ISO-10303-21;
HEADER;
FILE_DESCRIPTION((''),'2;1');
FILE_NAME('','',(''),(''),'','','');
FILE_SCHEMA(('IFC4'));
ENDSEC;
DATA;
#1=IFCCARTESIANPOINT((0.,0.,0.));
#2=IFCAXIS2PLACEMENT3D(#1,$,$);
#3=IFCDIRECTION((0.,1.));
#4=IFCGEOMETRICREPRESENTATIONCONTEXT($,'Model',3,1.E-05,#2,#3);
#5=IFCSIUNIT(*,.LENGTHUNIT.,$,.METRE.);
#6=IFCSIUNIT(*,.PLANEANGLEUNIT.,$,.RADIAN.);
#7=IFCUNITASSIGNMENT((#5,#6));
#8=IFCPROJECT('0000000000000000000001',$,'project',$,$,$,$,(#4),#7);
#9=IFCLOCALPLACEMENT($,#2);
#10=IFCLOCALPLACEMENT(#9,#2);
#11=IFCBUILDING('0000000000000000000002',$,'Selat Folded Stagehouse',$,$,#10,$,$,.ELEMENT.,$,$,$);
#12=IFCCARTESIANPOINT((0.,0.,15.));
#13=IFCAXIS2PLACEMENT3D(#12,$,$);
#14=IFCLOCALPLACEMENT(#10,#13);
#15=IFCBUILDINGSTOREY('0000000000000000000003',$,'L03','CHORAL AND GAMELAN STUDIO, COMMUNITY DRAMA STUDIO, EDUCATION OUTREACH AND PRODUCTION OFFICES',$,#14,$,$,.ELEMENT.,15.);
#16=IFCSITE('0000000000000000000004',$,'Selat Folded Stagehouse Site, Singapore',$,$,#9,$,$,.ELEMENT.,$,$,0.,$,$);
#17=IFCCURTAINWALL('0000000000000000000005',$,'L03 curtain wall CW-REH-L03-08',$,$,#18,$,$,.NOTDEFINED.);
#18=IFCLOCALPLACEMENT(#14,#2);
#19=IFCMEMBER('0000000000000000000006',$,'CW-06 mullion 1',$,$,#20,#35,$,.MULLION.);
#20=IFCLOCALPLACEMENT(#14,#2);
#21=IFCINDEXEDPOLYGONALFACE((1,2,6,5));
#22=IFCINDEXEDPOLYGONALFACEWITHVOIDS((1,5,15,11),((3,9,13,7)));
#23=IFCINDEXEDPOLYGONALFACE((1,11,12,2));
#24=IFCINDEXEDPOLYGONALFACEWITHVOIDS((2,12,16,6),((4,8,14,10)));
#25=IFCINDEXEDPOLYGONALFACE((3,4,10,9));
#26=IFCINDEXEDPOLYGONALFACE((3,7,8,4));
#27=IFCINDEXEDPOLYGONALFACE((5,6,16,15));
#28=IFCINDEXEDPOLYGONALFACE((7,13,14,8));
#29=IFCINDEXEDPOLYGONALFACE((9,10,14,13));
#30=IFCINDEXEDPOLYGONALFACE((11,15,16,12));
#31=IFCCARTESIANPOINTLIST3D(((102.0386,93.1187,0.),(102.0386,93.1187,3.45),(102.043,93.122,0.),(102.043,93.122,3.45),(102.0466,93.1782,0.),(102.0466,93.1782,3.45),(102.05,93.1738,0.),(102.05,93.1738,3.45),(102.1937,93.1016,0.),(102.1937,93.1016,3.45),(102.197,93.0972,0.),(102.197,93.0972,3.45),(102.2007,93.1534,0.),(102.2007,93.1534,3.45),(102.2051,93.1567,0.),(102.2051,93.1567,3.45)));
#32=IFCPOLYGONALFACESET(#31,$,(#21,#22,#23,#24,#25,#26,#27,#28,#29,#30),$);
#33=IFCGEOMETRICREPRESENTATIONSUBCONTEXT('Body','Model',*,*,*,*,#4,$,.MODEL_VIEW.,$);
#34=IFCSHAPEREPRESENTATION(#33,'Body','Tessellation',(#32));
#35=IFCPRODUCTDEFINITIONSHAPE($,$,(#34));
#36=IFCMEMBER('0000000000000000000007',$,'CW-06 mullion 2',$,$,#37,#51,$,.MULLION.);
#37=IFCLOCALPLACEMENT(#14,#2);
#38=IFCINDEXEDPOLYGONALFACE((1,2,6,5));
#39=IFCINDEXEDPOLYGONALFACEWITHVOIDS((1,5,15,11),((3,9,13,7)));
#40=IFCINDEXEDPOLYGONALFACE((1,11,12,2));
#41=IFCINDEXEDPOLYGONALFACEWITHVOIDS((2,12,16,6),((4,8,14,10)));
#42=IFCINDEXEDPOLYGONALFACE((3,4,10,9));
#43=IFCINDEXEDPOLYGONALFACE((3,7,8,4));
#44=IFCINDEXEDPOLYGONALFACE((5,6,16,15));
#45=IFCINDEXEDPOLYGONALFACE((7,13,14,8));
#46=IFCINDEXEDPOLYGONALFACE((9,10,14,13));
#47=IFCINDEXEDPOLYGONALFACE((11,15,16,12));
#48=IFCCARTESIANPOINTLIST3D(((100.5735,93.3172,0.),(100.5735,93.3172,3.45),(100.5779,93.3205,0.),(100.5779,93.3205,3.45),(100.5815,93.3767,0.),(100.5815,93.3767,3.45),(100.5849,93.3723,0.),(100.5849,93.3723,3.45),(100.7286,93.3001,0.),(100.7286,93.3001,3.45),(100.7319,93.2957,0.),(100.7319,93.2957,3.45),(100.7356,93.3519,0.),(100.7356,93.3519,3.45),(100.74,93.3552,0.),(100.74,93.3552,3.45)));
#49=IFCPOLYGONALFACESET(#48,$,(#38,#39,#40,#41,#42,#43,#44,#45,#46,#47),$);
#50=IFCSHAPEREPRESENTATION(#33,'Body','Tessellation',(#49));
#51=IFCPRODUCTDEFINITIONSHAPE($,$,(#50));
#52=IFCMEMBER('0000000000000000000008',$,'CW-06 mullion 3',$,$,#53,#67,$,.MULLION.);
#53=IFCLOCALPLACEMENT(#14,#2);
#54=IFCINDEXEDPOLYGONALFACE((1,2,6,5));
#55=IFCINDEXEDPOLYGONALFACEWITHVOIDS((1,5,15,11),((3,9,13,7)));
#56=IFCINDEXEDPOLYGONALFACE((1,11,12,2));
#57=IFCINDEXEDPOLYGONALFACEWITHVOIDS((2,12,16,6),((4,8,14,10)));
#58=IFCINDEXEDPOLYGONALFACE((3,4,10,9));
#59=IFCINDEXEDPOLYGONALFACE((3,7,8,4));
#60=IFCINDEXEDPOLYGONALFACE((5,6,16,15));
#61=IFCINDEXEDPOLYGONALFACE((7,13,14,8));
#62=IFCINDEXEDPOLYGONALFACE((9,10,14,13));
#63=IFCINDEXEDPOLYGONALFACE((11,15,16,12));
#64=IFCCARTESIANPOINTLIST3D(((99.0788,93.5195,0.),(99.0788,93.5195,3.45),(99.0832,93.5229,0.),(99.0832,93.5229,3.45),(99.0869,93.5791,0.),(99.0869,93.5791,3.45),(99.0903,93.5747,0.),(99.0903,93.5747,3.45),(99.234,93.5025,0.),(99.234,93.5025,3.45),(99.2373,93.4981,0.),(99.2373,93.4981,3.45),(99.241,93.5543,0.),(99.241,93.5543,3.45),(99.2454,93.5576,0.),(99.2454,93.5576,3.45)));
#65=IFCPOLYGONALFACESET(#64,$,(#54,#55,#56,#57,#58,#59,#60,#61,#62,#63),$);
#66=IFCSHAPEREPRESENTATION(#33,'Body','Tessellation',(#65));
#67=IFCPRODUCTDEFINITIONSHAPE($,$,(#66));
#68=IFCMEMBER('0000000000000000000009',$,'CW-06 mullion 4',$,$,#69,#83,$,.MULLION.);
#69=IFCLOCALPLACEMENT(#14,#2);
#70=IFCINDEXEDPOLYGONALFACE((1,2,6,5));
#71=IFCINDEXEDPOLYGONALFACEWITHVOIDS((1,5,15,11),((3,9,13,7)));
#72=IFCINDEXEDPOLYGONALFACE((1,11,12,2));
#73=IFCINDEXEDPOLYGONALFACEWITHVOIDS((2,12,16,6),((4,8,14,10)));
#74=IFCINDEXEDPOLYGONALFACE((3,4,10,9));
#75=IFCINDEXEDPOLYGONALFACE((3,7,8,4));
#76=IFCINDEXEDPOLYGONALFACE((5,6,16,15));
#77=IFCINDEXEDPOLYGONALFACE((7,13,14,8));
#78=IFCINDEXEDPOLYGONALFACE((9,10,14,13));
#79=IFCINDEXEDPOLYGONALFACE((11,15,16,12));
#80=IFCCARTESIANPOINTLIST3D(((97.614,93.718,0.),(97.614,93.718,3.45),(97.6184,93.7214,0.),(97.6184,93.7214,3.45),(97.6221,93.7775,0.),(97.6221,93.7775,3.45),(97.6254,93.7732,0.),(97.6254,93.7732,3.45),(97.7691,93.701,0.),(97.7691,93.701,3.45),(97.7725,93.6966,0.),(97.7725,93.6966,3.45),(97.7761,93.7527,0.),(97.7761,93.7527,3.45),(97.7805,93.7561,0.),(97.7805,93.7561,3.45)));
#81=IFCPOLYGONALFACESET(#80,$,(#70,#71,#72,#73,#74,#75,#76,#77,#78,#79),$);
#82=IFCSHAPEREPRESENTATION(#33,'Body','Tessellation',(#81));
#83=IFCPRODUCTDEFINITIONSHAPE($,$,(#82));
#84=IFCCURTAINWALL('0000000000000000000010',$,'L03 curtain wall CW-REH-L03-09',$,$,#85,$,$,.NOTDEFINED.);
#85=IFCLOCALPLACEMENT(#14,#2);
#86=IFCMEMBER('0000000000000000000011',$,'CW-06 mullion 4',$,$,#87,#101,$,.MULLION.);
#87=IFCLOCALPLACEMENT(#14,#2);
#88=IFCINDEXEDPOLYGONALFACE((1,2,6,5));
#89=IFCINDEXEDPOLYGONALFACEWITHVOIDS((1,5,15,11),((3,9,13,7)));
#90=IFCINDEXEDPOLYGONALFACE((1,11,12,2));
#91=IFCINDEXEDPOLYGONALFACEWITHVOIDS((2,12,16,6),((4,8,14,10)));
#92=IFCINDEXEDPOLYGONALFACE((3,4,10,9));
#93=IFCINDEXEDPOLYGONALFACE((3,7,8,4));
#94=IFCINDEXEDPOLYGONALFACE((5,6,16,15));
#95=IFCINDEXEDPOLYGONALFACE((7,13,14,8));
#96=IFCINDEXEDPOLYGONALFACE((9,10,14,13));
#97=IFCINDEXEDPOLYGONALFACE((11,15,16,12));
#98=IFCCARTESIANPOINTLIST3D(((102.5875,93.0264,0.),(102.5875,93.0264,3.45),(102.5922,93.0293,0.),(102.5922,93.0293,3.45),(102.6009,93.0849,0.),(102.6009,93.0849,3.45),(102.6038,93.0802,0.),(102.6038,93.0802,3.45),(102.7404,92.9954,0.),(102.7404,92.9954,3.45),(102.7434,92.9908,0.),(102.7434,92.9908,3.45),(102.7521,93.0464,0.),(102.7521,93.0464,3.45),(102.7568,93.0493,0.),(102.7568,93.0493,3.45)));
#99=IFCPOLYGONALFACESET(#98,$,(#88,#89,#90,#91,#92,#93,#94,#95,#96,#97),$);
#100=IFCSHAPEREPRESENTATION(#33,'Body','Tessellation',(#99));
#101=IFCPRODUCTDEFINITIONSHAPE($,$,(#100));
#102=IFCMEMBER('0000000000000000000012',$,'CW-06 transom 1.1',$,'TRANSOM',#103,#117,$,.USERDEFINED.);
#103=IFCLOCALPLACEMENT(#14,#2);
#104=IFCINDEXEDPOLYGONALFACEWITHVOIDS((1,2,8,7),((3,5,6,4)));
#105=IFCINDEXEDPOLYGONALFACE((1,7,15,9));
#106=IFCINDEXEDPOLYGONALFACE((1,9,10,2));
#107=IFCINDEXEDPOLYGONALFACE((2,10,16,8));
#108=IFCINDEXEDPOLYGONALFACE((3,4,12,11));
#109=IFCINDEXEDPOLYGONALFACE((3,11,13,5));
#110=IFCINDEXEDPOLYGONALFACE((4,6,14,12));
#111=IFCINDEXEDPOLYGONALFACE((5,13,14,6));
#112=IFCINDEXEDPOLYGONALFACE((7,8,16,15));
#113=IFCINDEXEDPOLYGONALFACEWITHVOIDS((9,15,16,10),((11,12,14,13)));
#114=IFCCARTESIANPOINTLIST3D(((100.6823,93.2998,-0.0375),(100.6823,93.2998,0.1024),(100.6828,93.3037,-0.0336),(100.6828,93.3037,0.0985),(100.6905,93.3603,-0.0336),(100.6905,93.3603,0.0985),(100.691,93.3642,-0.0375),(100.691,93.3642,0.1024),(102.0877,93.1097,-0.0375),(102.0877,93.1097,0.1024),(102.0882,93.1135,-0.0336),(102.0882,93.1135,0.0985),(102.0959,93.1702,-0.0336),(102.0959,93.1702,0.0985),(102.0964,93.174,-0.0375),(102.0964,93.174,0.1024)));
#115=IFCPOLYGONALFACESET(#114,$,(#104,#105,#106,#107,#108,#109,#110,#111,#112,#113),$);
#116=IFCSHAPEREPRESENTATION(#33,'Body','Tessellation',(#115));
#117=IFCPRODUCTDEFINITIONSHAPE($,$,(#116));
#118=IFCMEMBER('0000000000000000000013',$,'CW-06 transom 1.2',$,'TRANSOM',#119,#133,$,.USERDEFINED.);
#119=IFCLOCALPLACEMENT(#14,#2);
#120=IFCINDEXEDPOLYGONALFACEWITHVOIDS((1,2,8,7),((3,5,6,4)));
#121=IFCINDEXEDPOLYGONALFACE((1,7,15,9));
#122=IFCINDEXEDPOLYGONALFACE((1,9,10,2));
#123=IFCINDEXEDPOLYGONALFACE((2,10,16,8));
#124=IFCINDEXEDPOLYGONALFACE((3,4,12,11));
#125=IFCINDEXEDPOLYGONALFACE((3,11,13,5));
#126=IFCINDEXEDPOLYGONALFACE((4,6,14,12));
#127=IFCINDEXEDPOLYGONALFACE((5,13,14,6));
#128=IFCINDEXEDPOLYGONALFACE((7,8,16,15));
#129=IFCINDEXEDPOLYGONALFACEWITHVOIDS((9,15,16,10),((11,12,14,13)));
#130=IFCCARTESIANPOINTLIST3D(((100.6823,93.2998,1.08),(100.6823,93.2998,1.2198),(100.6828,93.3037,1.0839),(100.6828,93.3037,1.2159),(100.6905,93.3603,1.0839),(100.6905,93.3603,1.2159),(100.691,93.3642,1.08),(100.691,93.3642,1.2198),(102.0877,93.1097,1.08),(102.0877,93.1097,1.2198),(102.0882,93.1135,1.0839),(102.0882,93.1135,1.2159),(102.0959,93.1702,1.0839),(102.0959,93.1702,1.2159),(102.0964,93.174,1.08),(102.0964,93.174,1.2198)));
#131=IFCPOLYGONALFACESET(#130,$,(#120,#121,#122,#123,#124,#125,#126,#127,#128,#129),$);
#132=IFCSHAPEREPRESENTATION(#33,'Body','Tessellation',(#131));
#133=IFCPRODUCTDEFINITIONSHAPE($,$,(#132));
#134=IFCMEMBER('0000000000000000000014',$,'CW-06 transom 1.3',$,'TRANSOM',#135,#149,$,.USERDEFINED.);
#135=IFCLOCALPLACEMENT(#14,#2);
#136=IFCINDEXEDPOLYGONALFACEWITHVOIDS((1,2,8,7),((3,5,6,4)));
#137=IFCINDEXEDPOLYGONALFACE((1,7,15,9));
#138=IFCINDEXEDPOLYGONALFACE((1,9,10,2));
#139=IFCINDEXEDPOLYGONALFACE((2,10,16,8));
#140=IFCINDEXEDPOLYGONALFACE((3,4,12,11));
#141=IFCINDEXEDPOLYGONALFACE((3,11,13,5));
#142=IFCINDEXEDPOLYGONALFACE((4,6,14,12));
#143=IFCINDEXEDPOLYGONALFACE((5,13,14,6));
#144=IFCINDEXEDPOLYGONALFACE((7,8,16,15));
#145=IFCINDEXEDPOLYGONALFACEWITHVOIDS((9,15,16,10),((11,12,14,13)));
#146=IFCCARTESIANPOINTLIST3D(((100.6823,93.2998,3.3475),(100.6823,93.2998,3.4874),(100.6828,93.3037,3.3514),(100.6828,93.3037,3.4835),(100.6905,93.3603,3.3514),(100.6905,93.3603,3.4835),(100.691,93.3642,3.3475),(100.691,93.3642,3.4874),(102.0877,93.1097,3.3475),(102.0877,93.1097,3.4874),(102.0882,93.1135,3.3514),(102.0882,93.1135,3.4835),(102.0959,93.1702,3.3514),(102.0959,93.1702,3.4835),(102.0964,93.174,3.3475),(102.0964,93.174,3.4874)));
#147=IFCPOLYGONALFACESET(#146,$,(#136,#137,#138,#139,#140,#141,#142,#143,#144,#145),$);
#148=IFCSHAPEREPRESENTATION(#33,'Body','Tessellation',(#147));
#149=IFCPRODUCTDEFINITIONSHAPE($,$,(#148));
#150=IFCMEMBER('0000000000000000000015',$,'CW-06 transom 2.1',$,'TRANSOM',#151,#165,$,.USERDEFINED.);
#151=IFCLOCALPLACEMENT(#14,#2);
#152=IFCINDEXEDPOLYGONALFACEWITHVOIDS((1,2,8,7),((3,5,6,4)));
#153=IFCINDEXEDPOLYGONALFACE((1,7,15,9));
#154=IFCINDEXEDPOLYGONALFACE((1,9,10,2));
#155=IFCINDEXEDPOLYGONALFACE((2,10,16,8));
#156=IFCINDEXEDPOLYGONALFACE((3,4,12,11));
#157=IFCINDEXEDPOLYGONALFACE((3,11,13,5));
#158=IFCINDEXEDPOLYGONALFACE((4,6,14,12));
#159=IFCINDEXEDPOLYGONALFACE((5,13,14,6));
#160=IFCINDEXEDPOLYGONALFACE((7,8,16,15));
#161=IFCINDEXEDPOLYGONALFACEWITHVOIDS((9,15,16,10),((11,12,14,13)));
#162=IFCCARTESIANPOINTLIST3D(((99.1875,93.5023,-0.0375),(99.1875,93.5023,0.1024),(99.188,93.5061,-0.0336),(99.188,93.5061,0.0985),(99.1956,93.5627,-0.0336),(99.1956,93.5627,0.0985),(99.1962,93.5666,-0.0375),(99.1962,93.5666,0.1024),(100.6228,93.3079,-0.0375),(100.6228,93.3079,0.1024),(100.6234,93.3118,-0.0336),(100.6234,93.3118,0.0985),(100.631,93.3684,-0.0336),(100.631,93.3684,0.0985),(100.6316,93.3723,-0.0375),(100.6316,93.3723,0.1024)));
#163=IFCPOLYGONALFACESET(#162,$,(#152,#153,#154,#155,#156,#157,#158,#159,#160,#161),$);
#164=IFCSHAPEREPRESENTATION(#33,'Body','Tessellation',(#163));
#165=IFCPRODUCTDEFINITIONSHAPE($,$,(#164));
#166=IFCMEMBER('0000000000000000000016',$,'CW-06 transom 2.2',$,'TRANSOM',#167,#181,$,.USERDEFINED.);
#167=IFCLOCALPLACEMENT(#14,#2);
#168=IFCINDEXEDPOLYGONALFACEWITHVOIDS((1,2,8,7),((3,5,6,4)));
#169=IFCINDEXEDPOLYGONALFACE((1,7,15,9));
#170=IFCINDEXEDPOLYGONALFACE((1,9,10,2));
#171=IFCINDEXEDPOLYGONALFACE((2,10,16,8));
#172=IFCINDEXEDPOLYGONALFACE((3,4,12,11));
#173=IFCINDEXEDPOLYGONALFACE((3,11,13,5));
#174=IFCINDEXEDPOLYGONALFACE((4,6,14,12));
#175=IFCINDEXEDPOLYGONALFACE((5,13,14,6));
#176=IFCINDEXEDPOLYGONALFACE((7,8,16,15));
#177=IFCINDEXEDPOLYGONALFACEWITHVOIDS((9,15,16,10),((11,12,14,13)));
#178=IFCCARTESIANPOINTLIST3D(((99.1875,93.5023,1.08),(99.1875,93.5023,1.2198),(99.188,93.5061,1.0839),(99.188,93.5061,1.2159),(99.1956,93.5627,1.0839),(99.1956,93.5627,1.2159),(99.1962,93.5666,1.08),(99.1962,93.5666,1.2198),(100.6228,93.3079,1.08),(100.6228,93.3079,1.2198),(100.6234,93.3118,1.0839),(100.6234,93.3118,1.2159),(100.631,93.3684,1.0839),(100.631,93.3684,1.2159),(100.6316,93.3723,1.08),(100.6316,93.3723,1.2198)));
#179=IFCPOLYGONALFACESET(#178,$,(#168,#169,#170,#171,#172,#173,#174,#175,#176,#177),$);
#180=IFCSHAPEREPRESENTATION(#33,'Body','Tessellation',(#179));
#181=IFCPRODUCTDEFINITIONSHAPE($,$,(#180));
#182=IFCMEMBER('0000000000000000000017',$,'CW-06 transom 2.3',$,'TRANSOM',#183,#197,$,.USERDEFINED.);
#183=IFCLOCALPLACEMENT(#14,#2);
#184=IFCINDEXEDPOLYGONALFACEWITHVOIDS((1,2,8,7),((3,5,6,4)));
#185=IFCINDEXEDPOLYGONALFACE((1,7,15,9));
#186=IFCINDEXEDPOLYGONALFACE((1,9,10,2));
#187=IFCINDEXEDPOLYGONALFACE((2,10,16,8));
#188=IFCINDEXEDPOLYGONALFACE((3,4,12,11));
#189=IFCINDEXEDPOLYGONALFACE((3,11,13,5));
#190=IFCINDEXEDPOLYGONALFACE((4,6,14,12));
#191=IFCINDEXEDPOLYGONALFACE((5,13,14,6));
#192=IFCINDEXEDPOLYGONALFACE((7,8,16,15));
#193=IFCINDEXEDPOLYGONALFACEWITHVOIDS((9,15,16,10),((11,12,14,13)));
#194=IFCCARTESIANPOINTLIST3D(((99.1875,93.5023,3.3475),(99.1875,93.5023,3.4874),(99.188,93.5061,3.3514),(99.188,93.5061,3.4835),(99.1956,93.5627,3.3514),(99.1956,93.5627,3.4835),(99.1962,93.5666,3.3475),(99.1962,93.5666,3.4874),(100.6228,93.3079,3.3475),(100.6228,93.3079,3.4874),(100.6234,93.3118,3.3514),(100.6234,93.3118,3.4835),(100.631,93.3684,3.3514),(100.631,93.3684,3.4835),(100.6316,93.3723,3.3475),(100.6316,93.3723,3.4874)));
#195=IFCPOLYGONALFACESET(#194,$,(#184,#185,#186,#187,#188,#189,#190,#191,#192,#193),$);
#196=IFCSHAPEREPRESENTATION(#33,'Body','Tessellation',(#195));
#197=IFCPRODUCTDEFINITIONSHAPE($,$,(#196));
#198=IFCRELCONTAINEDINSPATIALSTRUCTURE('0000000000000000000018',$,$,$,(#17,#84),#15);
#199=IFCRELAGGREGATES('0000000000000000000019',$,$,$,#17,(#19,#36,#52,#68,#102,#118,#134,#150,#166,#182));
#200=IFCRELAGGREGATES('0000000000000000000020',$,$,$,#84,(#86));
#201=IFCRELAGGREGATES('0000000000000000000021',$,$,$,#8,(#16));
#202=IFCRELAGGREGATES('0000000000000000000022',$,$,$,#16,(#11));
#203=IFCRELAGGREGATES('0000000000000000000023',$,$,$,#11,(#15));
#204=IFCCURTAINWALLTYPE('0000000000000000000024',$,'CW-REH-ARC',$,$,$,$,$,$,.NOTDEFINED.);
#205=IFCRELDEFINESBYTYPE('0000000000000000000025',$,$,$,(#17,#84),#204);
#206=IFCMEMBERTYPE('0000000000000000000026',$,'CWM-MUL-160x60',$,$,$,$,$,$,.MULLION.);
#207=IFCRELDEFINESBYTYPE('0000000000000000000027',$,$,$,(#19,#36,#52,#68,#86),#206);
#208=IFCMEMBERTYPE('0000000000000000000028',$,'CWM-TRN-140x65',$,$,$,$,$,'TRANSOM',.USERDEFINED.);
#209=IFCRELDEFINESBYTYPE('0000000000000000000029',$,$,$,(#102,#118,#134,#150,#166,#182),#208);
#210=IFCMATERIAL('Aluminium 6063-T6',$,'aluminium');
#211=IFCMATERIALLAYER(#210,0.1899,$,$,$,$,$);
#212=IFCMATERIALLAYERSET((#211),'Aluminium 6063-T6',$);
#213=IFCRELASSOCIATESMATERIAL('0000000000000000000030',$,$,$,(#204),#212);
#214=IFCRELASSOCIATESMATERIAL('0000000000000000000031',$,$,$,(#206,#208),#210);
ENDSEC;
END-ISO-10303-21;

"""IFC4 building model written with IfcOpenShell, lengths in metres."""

from ifc_helpers import new_model, si_unit, direction, frame, origin, origin_2d, place, context, subcontext, project, spatial, hollow_rectangle, extrude, material, layer, layer_set, material_profile, profile_set, type_object, element, aggregate, save


model = new_model("IFC4")

# Units and contexts
model_context = context("Model", 3, precision=1e-05, world=origin(), true_north=direction((0.0, 1.0)))
body_context = subcontext(model_context, "Body", "Model", "MODEL_VIEW")
ifc_project = project(units=[si_unit("LENGTHUNIT", "METRE"), si_unit("PLANEANGLEUNIT", "RADIAN")], contexts=[model_context])

# Site, building, storey
site_placement = place(None, origin())
site = spatial("IfcSite", under=ifc_project, at=site_placement, Name="Selat Folded Stagehouse Site, Singapore", CompositionType="ELEMENT", RefElevation=0.0)
building_placement = place(site_placement, origin())
building = spatial("IfcBuilding", under=site, at=building_placement, Name="Selat Folded Stagehouse", CompositionType="ELEMENT")
storey_placement = place(building_placement, frame((0.0, 0.0, 15.0)))
storey = spatial("IfcBuildingStorey", under=building, at=storey_placement, Name="L03", Description="CHORAL AND GAMELAN STUDIO, COMMUNITY DRAMA STUDIO, EDUCATION OUTREACH AND PRODUCTION OFFICES", CompositionType="ELEMENT", Elevation=15.0)

# Curtain wall, members
ifc_material_1 = material(Name="Aluminium 6063-T6", Category="aluminium")
ifc_layer_1 = layer(ifc_material_1, 0.1899)
ifc_layer_set_1 = layer_set([ifc_layer_1], Name="Aluminium 6063-T6")
curtain_wall_type = type_object("IfcCurtainWallType", Name="CW-REH-ARC", PredefinedType="NOTDEFINED", material=ifc_layer_set_1)
curtain_wall_1_placement = place(storey_placement, origin())
curtain_wall_1 = element("IfcCurtainWall", 1, at=curtain_wall_1_placement, inside=storey, type_object=curtain_wall_type, Name="L03 curtain wall CW-REH-L03-08", PredefinedType="NOTDEFINED")
ifc_material_profile_1 = material_profile(ifc_material_1, hollow_rectangle(XDim=0.0601, YDim=0.1599, WallThickness=0.0039, at=origin_2d()), Name="ALU 160x60x4.0")
ifc_profile_set_1 = profile_set([ifc_material_profile_1], Name="Aluminium 6063-T6")
member_type_1 = type_object("IfcMemberType", Name="CWM-MUL-160x60", PredefinedType="MULLION", material=ifc_profile_set_1)
member_1_placement = place(storey_placement, frame((102.1218, 93.1377, 0.0), z_axis=(0.0, 0.0, 1.0), x_axis=(-0.134212, -0.990953, 0.0)))
member_1 = element("IfcMember", 2, at=member_1_placement, type_object=member_type_1, Name="CW-06 mullion 1", PredefinedType="MULLION", context=body_context, shape_type="SweptSolid", body=[
    extrude(hollow_rectangle(XDim=0.0601, YDim=0.1599, WallThickness=0.0039, at=origin_2d()), origin(), (0.0, 0.0, 1.0), 3.45),
])
member_2_placement = place(storey_placement, frame((100.6567, 93.3362, 0.0), z_axis=(0.0, 0.0, 1.0), x_axis=(-0.134212, -0.990953, 0.0)))
member_2 = element("IfcMember", 3, at=member_2_placement, type_object=member_type_1, Name="CW-06 mullion 2", PredefinedType="MULLION", context=body_context, shape_type="SweptSolid", body=[
    extrude(hollow_rectangle(XDim=0.0601, YDim=0.1599, WallThickness=0.0039, at=origin_2d()), origin(), (0.0, 0.0, 1.0), 3.45),
])
member_3_placement = place(storey_placement, frame((99.1621, 93.5386, 0.0), z_axis=(0.0, 0.0, 1.0), x_axis=(-0.134212, -0.990953, 0.0)))
member_3 = element("IfcMember", 4, at=member_3_placement, type_object=member_type_1, Name="CW-06 mullion 3", PredefinedType="MULLION", context=body_context, shape_type="SweptSolid", body=[
    extrude(hollow_rectangle(XDim=0.0601, YDim=0.1599, WallThickness=0.0039, at=origin_2d()), origin(), (0.0, 0.0, 1.0), 3.45),
])
member_4_placement = place(storey_placement, frame((97.6973, 93.7371, 0.0), z_axis=(0.0, 0.0, 1.0), x_axis=(-0.134212, -0.990953, 0.0)))
member_4 = element("IfcMember", 5, at=member_4_placement, type_object=member_type_1, Name="CW-06 mullion 4", PredefinedType="MULLION", context=body_context, shape_type="SweptSolid", body=[
    extrude(hollow_rectangle(XDim=0.0601, YDim=0.1599, WallThickness=0.0039, at=origin_2d()), origin(), (0.0, 0.0, 1.0), 3.45),
])

# Curtain wall, member
curtain_wall_2_placement = place(storey_placement, origin())
curtain_wall_2 = element("IfcCurtainWall", 6, at=curtain_wall_2_placement, inside=storey, type_object=curtain_wall_type, Name="L03 curtain wall CW-REH-L03-09", PredefinedType="NOTDEFINED")
member_5_placement = place(storey_placement, frame((102.6721, 93.0378, 0.0), z_axis=(0.0, 0.0, 1.0), x_axis=(-0.222543, -0.974923, 0.0)))
member_5 = element("IfcMember", 7, at=member_5_placement, type_object=member_type_1, Name="CW-06 mullion 4", PredefinedType="MULLION", context=body_context, shape_type="SweptSolid", body=[
    extrude(hollow_rectangle(XDim=0.0601, YDim=0.1599, WallThickness=0.0039, at=origin_2d()), origin(), (0.0, 0.0, 1.0), 3.45),
])

# Members
ifc_material_profile_2 = material_profile(ifc_material_1, hollow_rectangle(XDim=0.0649, YDim=0.1399, WallThickness=0.0039, at=origin_2d()), Name="ALU 140x65x4.0")
ifc_profile_set_2 = profile_set([ifc_material_profile_2], Name="Aluminium 6063-T6")
member_type_2 = type_object("IfcMemberType", Name="CWM-TRN-140x65", ElementType="TRANSOM", PredefinedType="USERDEFINED", material=ifc_profile_set_2)
member_6_placement = place(storey_placement, frame((102.092, 93.1418, 0.0325), z_axis=(-0.990969, 0.134092, 0.0), x_axis=(-0.134092, -0.990969, 0.0)))
member_6 = element("IfcMember", 8, at=member_6_placement, type_object=member_type_2, Name="CW-06 transom 1.1", ObjectType="TRANSOM", PredefinedType="USERDEFINED", context=body_context, shape_type="SweptSolid", body=[
    extrude(hollow_rectangle(XDim=0.0649, YDim=0.1399, WallThickness=0.0039, at=origin_2d()), origin(), (0.0, 0.0, 1.0), 1.4182),
])
member_7_placement = place(storey_placement, frame((102.092, 93.1418, 1.1499), z_axis=(-0.990969, 0.134092, 0.0), x_axis=(-0.134092, -0.990969, 0.0)))
member_7 = element("IfcMember", 9, at=member_7_placement, type_object=member_type_2, Name="CW-06 transom 1.2", ObjectType="TRANSOM", PredefinedType="USERDEFINED", context=body_context, shape_type="SweptSolid", body=[
    extrude(hollow_rectangle(XDim=0.0649, YDim=0.1399, WallThickness=0.0039, at=origin_2d()), origin(), (0.0, 0.0, 1.0), 1.4182),
])
member_8_placement = place(storey_placement, frame((102.092, 93.1418, 3.4175), z_axis=(-0.990969, 0.134092, 0.0), x_axis=(-0.134092, -0.990969, 0.0)))
member_8 = element("IfcMember", 10, at=member_8_placement, type_object=member_type_2, Name="CW-06 transom 1.3", ObjectType="TRANSOM", PredefinedType="USERDEFINED", context=body_context, shape_type="SweptSolid", body=[
    extrude(hollow_rectangle(XDim=0.0649, YDim=0.1399, WallThickness=0.0039, at=origin_2d()), origin(), (0.0, 0.0, 1.0), 1.4182),
])
member_9_placement = place(storey_placement, frame((100.6272, 93.3401, 0.0325), z_axis=(-0.990958, 0.134173, 0.0), x_axis=(-0.134173, -0.990958, 0.0)))
member_9 = element("IfcMember", 11, at=member_9_placement, type_object=member_type_2, Name="CW-06 transom 2.1", ObjectType="TRANSOM", PredefinedType="USERDEFINED", context=body_context, shape_type="SweptSolid", body=[
    extrude(hollow_rectangle(XDim=0.0649, YDim=0.1399, WallThickness=0.0039, at=origin_2d()), origin(), (0.0, 0.0, 1.0), 1.4485),
])
member_10_placement = place(storey_placement, frame((100.6272, 93.3401, 1.1499), z_axis=(-0.990958, 0.134173, 0.0), x_axis=(-0.134173, -0.990958, 0.0)))
member_10 = element("IfcMember", 12, at=member_10_placement, type_object=member_type_2, Name="CW-06 transom 2.2", ObjectType="TRANSOM", PredefinedType="USERDEFINED", context=body_context, shape_type="SweptSolid", body=[
    extrude(hollow_rectangle(XDim=0.0649, YDim=0.1399, WallThickness=0.0039, at=origin_2d()), origin(), (0.0, 0.0, 1.0), 1.4485),
])
member_11_placement = place(storey_placement, frame((100.6272, 93.3401, 3.4175), z_axis=(-0.990958, 0.134173, 0.0), x_axis=(-0.134173, -0.990958, 0.0)))
member_11 = element("IfcMember", 13, at=member_11_placement, type_object=member_type_2, Name="CW-06 transom 2.3", ObjectType="TRANSOM", PredefinedType="USERDEFINED", context=body_context, shape_type="SweptSolid", body=[
    extrude(hollow_rectangle(XDim=0.0649, YDim=0.1399, WallThickness=0.0039, at=origin_2d()), origin(), (0.0, 0.0, 1.0), 1.4485),
])

aggregate(curtain_wall_1, [member_1, member_2, member_3, member_4, member_6, member_7, member_8, member_9, member_10, member_11])
aggregate(curtain_wall_2, [member_5])

save(model, "model.ifc")
